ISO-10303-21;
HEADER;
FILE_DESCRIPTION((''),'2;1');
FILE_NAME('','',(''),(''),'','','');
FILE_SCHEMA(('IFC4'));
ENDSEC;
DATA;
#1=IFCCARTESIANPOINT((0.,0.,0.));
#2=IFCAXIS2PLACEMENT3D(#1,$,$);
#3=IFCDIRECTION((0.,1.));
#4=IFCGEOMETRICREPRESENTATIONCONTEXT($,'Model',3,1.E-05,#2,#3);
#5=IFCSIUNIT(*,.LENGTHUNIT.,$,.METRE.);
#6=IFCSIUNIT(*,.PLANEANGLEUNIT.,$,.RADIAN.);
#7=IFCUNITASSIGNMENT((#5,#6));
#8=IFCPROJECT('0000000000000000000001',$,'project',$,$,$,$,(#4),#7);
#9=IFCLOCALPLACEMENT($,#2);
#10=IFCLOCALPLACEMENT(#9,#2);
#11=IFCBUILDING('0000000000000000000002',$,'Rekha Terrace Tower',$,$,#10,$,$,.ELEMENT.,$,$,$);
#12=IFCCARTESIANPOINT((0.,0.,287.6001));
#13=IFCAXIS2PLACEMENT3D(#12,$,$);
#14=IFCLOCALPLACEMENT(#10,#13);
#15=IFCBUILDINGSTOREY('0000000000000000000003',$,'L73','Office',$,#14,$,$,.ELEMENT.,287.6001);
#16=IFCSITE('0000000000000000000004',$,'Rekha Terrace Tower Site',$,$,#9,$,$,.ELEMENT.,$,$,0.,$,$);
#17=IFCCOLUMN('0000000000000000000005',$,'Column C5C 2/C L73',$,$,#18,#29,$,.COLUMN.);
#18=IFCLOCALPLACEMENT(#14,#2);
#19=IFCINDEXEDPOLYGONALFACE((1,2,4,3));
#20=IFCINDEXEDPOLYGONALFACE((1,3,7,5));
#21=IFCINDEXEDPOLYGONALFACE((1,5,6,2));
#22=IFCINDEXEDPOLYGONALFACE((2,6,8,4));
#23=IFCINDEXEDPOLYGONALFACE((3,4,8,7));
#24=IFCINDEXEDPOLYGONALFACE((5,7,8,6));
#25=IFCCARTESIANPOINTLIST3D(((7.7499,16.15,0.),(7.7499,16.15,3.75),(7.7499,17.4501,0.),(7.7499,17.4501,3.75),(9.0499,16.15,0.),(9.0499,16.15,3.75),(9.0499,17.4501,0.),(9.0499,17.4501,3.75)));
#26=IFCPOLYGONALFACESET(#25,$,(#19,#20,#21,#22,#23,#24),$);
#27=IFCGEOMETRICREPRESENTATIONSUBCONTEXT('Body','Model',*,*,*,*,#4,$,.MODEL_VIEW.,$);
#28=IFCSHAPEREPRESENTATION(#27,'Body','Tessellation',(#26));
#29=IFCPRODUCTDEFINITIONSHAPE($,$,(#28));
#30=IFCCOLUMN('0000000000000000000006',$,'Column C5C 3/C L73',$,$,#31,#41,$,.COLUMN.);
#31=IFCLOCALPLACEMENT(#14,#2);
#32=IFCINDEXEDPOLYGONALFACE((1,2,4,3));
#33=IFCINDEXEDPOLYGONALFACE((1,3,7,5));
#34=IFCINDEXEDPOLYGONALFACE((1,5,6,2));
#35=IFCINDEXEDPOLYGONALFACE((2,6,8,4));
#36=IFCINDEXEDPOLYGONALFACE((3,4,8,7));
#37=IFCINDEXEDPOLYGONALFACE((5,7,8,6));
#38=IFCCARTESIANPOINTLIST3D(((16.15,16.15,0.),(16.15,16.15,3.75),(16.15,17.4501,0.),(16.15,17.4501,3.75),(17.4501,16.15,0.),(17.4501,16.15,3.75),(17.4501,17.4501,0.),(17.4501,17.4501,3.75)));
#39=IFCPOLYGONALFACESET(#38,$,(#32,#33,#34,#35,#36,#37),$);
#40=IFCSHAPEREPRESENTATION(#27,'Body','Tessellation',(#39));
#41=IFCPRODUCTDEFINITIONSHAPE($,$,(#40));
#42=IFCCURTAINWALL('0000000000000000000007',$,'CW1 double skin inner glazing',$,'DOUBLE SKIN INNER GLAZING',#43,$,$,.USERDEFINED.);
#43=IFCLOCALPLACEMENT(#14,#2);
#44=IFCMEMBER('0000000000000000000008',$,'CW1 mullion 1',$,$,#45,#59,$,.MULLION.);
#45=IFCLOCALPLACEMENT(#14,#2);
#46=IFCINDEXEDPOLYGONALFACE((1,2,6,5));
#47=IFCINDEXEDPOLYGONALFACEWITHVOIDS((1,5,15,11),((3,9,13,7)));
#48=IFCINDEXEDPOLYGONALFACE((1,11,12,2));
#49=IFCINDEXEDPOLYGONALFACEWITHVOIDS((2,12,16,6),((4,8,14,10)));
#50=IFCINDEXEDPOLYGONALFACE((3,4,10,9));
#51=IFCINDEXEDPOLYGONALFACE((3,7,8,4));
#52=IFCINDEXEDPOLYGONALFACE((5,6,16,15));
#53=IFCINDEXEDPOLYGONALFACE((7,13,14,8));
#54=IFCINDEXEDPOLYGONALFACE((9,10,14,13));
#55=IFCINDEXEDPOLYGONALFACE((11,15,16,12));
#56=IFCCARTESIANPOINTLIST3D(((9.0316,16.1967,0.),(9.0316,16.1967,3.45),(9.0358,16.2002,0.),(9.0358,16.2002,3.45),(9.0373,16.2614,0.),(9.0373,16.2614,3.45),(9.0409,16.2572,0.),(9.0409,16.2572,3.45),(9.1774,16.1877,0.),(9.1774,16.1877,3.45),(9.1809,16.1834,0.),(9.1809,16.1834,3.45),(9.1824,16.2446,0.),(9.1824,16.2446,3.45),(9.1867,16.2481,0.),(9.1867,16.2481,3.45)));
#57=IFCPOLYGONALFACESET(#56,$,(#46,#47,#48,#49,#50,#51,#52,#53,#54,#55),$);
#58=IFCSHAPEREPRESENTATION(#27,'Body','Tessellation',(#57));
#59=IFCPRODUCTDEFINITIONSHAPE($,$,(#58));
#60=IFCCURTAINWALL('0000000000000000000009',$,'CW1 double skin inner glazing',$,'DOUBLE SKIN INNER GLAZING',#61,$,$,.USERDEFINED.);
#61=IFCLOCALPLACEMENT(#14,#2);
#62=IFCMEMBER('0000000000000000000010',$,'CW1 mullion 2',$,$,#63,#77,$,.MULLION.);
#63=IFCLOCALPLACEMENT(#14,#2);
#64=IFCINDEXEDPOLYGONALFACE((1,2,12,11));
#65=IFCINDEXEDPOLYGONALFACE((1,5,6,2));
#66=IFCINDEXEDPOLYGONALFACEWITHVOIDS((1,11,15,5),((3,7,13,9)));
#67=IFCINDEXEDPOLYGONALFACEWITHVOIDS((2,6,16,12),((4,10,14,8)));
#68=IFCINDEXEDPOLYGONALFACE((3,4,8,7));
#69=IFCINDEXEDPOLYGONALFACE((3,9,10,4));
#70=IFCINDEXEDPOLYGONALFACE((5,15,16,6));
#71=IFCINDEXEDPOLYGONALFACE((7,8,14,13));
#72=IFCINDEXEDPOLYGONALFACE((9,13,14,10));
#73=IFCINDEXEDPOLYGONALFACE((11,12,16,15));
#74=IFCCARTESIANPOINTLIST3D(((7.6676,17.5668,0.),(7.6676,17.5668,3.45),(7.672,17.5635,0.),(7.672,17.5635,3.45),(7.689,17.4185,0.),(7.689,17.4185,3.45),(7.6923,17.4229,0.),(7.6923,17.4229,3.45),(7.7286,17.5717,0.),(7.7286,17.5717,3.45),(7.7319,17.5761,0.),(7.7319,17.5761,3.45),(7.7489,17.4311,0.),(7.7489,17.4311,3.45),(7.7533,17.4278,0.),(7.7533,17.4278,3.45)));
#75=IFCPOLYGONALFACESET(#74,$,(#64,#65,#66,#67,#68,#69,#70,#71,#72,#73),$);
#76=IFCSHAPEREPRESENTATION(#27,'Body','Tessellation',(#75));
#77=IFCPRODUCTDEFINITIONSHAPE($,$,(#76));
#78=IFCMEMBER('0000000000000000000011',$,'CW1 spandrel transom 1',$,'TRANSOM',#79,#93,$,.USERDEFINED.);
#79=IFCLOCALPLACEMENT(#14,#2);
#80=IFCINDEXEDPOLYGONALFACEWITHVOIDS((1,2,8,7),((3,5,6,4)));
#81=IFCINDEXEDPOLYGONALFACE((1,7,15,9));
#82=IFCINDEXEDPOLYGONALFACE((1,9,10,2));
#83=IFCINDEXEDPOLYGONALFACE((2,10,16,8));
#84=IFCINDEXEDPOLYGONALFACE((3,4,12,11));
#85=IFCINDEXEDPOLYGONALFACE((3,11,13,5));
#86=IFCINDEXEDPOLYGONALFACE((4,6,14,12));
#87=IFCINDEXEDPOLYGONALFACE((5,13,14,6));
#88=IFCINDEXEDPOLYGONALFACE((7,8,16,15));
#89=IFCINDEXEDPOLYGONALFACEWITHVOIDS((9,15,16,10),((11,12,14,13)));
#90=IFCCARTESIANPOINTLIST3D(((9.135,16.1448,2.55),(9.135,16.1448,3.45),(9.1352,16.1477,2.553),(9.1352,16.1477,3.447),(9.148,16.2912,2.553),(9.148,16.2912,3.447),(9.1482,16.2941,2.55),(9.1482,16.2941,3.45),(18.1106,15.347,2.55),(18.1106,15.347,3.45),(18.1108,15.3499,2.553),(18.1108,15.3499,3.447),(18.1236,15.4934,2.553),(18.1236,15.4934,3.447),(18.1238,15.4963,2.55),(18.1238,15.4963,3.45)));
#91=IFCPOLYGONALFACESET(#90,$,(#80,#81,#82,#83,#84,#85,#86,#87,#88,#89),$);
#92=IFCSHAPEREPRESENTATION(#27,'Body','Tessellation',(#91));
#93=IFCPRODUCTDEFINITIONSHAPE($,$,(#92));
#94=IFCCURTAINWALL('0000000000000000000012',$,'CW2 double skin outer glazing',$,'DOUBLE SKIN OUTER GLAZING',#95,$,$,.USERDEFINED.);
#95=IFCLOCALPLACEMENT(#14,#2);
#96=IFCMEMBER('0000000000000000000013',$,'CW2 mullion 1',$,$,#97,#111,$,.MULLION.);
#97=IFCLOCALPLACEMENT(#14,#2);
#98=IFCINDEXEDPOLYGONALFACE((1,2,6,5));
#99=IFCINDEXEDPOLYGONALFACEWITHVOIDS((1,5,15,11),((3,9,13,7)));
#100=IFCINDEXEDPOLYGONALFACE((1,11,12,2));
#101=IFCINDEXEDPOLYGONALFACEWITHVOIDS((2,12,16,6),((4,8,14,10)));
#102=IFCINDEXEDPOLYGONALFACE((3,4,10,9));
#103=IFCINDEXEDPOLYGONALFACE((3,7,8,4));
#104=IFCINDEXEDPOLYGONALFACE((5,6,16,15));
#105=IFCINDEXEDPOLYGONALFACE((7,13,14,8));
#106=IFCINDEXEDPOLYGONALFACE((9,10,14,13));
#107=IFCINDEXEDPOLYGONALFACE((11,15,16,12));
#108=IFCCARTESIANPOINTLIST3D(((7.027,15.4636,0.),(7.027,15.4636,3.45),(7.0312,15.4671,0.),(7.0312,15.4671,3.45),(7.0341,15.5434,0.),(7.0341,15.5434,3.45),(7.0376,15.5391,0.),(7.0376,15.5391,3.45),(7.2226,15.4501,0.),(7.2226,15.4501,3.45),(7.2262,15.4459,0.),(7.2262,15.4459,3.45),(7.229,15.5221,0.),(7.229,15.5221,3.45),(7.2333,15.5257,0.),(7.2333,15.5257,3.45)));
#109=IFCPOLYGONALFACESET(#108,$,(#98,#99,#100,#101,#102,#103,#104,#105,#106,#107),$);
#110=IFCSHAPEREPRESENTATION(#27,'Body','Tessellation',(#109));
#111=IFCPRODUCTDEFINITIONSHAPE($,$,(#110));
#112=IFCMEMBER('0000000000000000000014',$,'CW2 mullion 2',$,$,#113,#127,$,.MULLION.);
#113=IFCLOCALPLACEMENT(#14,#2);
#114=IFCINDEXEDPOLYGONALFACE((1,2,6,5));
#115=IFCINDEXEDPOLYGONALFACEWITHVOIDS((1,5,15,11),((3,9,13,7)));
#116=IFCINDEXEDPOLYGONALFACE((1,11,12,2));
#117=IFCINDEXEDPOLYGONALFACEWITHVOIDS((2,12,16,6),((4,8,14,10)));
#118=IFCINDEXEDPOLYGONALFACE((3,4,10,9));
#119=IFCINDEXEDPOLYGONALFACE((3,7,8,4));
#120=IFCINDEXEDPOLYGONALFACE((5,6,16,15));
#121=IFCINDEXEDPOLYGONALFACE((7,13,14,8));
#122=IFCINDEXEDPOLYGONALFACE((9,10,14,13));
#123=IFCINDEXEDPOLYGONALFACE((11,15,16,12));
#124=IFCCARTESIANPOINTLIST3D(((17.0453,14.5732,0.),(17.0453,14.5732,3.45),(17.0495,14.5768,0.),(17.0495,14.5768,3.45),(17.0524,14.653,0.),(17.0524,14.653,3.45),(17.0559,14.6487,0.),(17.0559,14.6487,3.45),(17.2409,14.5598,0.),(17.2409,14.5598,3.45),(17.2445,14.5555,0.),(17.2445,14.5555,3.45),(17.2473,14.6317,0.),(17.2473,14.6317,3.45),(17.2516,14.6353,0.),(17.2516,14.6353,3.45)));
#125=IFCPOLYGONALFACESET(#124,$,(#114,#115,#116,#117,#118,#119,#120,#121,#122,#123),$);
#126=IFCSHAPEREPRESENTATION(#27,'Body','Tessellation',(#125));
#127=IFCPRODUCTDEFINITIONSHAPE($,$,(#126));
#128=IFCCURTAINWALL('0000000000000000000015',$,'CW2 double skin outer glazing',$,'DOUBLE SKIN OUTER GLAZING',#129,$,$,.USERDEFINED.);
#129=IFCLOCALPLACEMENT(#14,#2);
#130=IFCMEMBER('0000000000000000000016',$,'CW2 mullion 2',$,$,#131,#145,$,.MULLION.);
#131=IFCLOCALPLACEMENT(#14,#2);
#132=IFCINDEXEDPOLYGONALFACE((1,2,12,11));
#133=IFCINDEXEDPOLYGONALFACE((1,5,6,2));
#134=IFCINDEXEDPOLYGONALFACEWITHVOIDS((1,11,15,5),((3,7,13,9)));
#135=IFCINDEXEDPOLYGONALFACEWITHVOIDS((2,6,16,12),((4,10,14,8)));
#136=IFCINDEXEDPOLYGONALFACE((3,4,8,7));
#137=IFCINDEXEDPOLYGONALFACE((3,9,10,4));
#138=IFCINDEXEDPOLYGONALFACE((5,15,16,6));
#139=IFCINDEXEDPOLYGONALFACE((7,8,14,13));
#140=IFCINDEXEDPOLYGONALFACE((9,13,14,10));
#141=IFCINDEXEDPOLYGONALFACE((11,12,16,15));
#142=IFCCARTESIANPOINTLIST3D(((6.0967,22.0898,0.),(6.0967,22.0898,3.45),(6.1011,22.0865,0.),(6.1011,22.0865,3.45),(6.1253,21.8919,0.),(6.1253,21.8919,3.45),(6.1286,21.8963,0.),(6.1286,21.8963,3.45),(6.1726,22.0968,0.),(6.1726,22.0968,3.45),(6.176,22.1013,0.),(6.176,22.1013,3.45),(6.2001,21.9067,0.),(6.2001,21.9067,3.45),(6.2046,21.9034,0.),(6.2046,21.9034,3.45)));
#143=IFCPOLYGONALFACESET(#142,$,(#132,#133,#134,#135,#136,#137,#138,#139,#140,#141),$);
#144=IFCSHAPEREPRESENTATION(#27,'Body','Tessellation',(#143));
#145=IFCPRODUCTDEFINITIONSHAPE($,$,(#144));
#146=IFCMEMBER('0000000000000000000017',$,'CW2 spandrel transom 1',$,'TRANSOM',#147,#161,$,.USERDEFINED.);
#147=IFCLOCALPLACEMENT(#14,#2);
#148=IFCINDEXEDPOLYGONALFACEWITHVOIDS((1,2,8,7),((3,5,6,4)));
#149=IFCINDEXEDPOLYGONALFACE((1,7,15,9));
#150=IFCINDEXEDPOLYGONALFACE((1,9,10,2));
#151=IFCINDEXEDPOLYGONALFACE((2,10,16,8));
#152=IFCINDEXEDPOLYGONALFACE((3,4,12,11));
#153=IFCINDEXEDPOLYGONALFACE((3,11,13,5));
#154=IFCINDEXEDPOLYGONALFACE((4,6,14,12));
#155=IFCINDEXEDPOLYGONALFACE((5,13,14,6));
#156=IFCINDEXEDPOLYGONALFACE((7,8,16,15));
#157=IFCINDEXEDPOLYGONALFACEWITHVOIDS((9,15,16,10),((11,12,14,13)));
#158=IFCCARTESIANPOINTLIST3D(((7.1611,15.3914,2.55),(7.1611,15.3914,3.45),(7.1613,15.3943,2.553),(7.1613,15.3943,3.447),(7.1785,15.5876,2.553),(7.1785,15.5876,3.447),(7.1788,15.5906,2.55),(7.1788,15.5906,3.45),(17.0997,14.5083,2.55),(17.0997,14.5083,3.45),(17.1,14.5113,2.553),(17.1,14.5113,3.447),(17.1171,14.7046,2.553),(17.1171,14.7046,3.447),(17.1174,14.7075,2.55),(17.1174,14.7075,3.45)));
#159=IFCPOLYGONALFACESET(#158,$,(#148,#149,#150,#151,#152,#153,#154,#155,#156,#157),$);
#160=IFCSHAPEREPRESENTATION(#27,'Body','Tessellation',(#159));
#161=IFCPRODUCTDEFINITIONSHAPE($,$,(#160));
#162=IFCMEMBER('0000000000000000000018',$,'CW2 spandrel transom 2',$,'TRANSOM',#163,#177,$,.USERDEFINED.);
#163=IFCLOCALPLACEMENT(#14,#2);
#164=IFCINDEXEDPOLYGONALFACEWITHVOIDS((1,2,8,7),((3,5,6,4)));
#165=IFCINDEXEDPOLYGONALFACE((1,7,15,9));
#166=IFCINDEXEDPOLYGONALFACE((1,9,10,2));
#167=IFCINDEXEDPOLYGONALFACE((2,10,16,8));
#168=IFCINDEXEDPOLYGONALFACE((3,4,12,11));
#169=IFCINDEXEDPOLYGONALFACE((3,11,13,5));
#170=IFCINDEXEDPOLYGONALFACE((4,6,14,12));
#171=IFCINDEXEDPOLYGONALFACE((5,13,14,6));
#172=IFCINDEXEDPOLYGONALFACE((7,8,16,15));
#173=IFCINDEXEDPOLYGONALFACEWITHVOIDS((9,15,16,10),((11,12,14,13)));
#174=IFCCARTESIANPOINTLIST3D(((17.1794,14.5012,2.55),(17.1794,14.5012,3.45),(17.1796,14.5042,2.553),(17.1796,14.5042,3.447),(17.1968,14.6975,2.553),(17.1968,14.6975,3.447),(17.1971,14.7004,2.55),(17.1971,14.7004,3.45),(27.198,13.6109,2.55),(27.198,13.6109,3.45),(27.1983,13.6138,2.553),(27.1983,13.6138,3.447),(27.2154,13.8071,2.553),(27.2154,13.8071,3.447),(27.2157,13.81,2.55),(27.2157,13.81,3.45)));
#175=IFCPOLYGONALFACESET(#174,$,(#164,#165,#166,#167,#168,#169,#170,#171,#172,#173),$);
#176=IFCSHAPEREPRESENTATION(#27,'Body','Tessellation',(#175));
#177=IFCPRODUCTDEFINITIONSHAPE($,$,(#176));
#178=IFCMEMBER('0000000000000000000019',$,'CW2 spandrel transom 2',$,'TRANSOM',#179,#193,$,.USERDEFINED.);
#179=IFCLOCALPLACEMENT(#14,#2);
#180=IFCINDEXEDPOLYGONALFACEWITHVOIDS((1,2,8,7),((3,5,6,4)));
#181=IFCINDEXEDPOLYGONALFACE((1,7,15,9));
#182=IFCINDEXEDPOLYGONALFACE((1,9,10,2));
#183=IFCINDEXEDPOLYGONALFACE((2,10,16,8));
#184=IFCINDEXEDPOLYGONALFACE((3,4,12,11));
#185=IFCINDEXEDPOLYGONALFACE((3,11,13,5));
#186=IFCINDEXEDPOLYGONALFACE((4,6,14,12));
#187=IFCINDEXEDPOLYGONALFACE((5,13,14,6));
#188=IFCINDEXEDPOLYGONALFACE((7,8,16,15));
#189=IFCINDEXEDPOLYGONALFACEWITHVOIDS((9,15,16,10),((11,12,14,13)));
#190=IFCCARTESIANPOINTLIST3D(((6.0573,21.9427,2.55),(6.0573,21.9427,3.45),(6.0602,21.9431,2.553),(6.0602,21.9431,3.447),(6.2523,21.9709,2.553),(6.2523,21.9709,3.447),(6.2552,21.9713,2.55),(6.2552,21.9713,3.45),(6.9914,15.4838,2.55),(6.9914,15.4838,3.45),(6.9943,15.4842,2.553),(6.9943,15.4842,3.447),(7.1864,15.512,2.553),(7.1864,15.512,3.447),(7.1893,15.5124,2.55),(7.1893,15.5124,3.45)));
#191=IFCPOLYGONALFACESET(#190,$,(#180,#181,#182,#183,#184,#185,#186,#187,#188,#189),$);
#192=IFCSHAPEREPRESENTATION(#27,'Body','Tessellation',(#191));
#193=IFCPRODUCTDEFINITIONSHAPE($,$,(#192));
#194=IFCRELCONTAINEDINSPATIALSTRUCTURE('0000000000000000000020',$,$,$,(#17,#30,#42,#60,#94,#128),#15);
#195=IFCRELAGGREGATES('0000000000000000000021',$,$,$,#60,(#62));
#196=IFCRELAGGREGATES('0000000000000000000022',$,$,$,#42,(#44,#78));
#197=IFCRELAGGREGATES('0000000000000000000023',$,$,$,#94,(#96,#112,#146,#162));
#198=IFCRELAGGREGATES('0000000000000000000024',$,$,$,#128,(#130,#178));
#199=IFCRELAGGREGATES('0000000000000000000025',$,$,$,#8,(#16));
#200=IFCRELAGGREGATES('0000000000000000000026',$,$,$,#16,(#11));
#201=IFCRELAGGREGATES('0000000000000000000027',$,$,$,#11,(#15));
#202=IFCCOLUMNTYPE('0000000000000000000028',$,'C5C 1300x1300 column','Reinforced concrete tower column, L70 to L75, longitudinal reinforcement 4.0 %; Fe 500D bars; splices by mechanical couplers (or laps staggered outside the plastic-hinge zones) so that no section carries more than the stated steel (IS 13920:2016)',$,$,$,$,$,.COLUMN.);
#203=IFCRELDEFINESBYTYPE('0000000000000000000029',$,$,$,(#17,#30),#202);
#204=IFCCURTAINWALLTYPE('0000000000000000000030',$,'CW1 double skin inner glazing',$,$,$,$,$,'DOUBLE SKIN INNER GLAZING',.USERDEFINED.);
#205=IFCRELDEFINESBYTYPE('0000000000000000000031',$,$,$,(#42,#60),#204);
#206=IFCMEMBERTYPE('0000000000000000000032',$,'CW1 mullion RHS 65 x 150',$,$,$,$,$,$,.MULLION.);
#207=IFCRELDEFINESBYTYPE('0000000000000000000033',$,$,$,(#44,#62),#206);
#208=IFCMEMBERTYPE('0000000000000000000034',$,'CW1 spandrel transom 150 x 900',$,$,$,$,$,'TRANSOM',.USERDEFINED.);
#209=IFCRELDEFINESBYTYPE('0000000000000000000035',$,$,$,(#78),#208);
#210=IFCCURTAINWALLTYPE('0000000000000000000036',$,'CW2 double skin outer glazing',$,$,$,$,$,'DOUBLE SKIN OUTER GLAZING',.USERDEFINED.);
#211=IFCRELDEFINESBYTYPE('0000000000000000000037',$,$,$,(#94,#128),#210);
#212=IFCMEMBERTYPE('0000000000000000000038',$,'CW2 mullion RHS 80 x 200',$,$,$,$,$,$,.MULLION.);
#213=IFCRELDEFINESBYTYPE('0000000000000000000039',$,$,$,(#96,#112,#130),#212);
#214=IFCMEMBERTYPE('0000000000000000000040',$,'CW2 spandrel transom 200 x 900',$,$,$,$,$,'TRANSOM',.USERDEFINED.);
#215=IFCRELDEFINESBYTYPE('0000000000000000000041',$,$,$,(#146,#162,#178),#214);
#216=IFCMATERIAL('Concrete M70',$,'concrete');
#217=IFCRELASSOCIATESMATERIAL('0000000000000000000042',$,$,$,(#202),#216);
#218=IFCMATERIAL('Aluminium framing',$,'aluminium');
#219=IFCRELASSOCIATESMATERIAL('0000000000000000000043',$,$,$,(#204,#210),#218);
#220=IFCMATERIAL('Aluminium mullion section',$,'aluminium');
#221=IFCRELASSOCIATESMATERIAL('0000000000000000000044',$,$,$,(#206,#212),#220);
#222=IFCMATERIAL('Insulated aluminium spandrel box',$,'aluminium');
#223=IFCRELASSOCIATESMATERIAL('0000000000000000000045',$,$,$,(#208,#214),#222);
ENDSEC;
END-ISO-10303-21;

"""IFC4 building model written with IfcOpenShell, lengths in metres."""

from ifc_helpers import new_model, si_unit, direction, frame, origin, origin_2d, place, context, subcontext, project, spatial, rectangle, hollow_rectangle, extrude, material, material_profile, profile_set, type_object, element, aggregate, save


model = new_model("IFC4")

# Units and contexts
model_context = context("Model", 3, precision=1e-05, world=origin(), true_north=direction((0.0, 1.0)))
body_context = subcontext(model_context, "Body", "Model", "MODEL_VIEW")
ifc_project = project(units=[si_unit("LENGTHUNIT", "METRE"), si_unit("PLANEANGLEUNIT", "RADIAN")], contexts=[model_context])

# Site, building, storey
site_placement = place(None, origin())
site = spatial("IfcSite", under=ifc_project, at=site_placement, Name="Rekha Terrace Tower Site", CompositionType="ELEMENT", RefElevation=0.0)
building_placement = place(site_placement, origin())
building = spatial("IfcBuilding", under=site, at=building_placement, Name="Rekha Terrace Tower", CompositionType="ELEMENT")
storey_placement = place(building_placement, frame((0.0, 0.0, 287.6001)))
storey = spatial("IfcBuildingStorey", under=building, at=storey_placement, Name="L73", Description="Office", CompositionType="ELEMENT", Elevation=287.6001)

# Columns
ifc_material_1 = material(Name="Concrete M70", Category="concrete")
ifc_material_profile_1 = material_profile(ifc_material_1, rectangle(XDim=1.3, YDim=1.3, at=origin_2d()), Name="RC 1300x1300")
ifc_profile_set_1 = profile_set([ifc_material_profile_1], Name="Concrete M70")
column_type = type_object("IfcColumnType", Name="C5C 1300x1300 column", Description="Reinforced concrete tower column, L70 to L75, longitudinal reinforcement 4.0 %; Fe 500D bars; splices by mechanical couplers (or laps staggered outside the plastic-hinge zones) so that no section carries more than the stated steel (IS 13920:2016)", PredefinedType="COLUMN", material=ifc_profile_set_1)
for number, where, z_axis, x_axis, name in (
    (1, (8.3999, 16.8, 0.0), (0.0, 0.0, 1.0), (1.0, 0.0, 0.0), "Column C5C 2/C L73"),
    (2, (16.8, 16.8, 0.0), (0.0, 0.0, 1.0), (1.0, 0.0, 0.0), "Column C5C 3/C L73"),
):
    element("IfcColumn", number, at=place(storey_placement, frame(where, z_axis=z_axis, x_axis=x_axis)), inside=storey, type_object=column_type, Name=name, PredefinedType="COLUMN", context=body_context, shape_type="SweptSolid", body=[
        extrude(rectangle(XDim=1.3, YDim=1.3, at=origin_2d()), origin(), (0.0, 0.0, 1.0), 3.75),
    ])

# Curtain walls, members
ifc_material_2 = material(Name="Aluminium framing", Category="aluminium")
curtain_wall_type_1 = type_object("IfcCurtainWallType", Name="CW1 double skin inner glazing", ElementType="DOUBLE SKIN INNER GLAZING", PredefinedType="USERDEFINED", material=ifc_material_2)
curtain_wall_1_placement = place(storey_placement, origin())
curtain_wall_1 = element("IfcCurtainWall", 3, at=curtain_wall_1_placement, inside=storey, type_object=curtain_wall_type_1, Name="CW1 double skin inner glazing", ObjectType="DOUBLE SKIN INNER GLAZING", PredefinedType="USERDEFINED")
ifc_material_3 = material(Name="Aluminium mullion section", Category="aluminium")
ifc_material_profile_2 = material_profile(ifc_material_3, hollow_rectangle(XDim=0.0649, YDim=0.1499, WallThickness=0.0039, at=origin_2d()), Name="AL RHS 65x150")
ifc_profile_set_2 = profile_set([ifc_material_profile_2], Name="Aluminium mullion section")
member_type_1 = type_object("IfcMemberType", Name="CW1 mullion RHS 65 x 150", PredefinedType="MULLION", material=ifc_profile_set_2)
member_1_placement = place(storey_placement, frame((9.1091, 16.2224, 0.0), z_axis=(0.0, 0.0, 1.0), x_axis=(0.088522, 0.996074, 0.0)))
member_1 = element("IfcMember", 4, at=member_1_placement, type_object=member_type_1, Name="CW1 mullion 1", PredefinedType="MULLION", context=body_context, shape_type="SweptSolid", body=[
    extrude(hollow_rectangle(XDim=0.0649, YDim=0.1499, WallThickness=0.0039, at=origin_2d()), origin(), (0.0, 0.0, 1.0), 3.45),
])
curtain_wall_2_placement = place(storey_placement, origin())
curtain_wall_2 = element("IfcCurtainWall", 5, at=curtain_wall_2_placement, inside=storey, type_object=curtain_wall_type_1, Name="CW1 double skin inner glazing", ObjectType="DOUBLE SKIN INNER GLAZING", PredefinedType="USERDEFINED")
member_2_placement = place(storey_placement, frame((7.7104, 17.4973, 0.0), z_axis=(0.0, 0.0, 1.0), x_axis=(0.989707, 0.143108, 0.0)))
member_2 = element("IfcMember", 6, at=member_2_placement, type_object=member_type_1, Name="CW1 mullion 2", PredefinedType="MULLION", context=body_context, shape_type="SweptSolid", body=[
    extrude(hollow_rectangle(XDim=0.0649, YDim=0.1499, WallThickness=0.0039, at=origin_2d()), origin(), (0.0, 0.0, 1.0), 3.45),
])
aggregate(curtain_wall_2, [member_2])

# Member
ifc_material_4 = material(Name="Insulated aluminium spandrel box", Category="aluminium")
ifc_material_profile_3 = material_profile(ifc_material_4, hollow_rectangle(XDim=0.1499, YDim=0.8999, WallThickness=0.0029, at=origin_2d()), Name="AL SPANDREL BOX 150x900")
ifc_profile_set_3 = profile_set([ifc_material_profile_3], Name="Insulated aluminium spandrel box")
member_type_2 = type_object("IfcMemberType", Name="CW1 spandrel transom 150 x 900", ElementType="TRANSOM", PredefinedType="USERDEFINED", material=ifc_profile_set_3)
member_3_placement = place(storey_placement, frame((9.1416, 16.2195, 3.0), z_axis=(0.996072, -0.088542, 0.0), x_axis=(0.088542, 0.996072, 0.0)))
member_3 = element("IfcMember", 7, at=member_3_placement, type_object=member_type_2, Name="CW1 spandrel transom 1", ObjectType="TRANSOM", PredefinedType="USERDEFINED", context=body_context, shape_type="SweptSolid", body=[
    extrude(hollow_rectangle(XDim=0.1499, YDim=0.8999, WallThickness=0.0029, at=origin_2d()), origin(), (0.0, 0.0, 1.0), 9.011),
])

# Curtain wall, members
curtain_wall_type_2 = type_object("IfcCurtainWallType", Name="CW2 double skin outer glazing", ElementType="DOUBLE SKIN OUTER GLAZING", PredefinedType="USERDEFINED", material=ifc_material_2)
curtain_wall_3_placement = place(storey_placement, origin())
curtain_wall_3 = element("IfcCurtainWall", 8, at=curtain_wall_3_placement, inside=storey, type_object=curtain_wall_type_2, Name="CW2 double skin outer glazing", ObjectType="DOUBLE SKIN OUTER GLAZING", PredefinedType="USERDEFINED")
ifc_material_profile_4 = material_profile(ifc_material_3, hollow_rectangle(XDim=0.0801, YDim=0.2, WallThickness=0.0039, at=origin_2d()), Name="AL RHS 80x200")
ifc_profile_set_4 = profile_set([ifc_material_profile_4], Name="Aluminium mullion section")
member_type_3 = type_object("IfcMemberType", Name="CW2 mullion RHS 80 x 200", PredefinedType="MULLION", material=ifc_profile_set_4)
member_4_placement = place(storey_placement, frame((7.1301, 15.4946, 0.0), z_axis=(0.0, 0.0, 1.0), x_axis=(0.088522, 0.996074, 0.0)))
member_4 = element("IfcMember", 9, at=member_4_placement, type_object=member_type_3, Name="CW2 mullion 1", PredefinedType="MULLION", context=body_context, shape_type="SweptSolid", body=[
    extrude(hollow_rectangle(XDim=0.0801, YDim=0.2, WallThickness=0.0039, at=origin_2d()), origin(), (0.0, 0.0, 1.0), 3.45),
])
member_5_placement = place(storey_placement, frame((17.1484, 14.6042, 0.0), z_axis=(0.0, 0.0, 1.0), x_axis=(0.088522, 0.996074, 0.0)))
member_5 = element("IfcMember", 10, at=member_5_placement, type_object=member_type_3, Name="CW2 mullion 2", PredefinedType="MULLION", context=body_context, shape_type="SweptSolid", body=[
    extrude(hollow_rectangle(XDim=0.0801, YDim=0.2, WallThickness=0.0039, at=origin_2d()), origin(), (0.0, 0.0, 1.0), 3.45),
])

# Curtain wall, member
curtain_wall_4_placement = place(storey_placement, origin())
curtain_wall_4 = element("IfcCurtainWall", 11, at=curtain_wall_4_placement, inside=storey, type_object=curtain_wall_type_2, Name="CW2 double skin outer glazing", ObjectType="DOUBLE SKIN OUTER GLAZING", PredefinedType="USERDEFINED")
member_6_placement = place(storey_placement, frame((6.1506, 21.9966, 0.0), z_axis=(0.0, 0.0, 1.0), x_axis=(0.989707, 0.143108, 0.0)))
member_6 = element("IfcMember", 12, at=member_6_placement, type_object=member_type_3, Name="CW2 mullion 2", PredefinedType="MULLION", context=body_context, shape_type="SweptSolid", body=[
    extrude(hollow_rectangle(XDim=0.0801, YDim=0.2, WallThickness=0.0039, at=origin_2d()), origin(), (0.0, 0.0, 1.0), 3.45),
])

# Members
ifc_material_profile_5 = material_profile(ifc_material_4, hollow_rectangle(XDim=0.2, YDim=0.8999, WallThickness=0.0029, at=origin_2d()), Name="AL SPANDREL BOX 200x900")
ifc_profile_set_5 = profile_set([ifc_material_profile_5], Name="Insulated aluminium spandrel box")
member_type_4 = type_object("IfcMemberType", Name="CW2 spandrel transom 200 x 900", ElementType="TRANSOM", PredefinedType="USERDEFINED", material=ifc_profile_set_5)
member_7_placement = place(storey_placement, frame((7.1699, 15.491, 3.0), z_axis=(0.996076, -0.088501, 0.0), x_axis=(0.088501, 0.996076, 0.0)))
member_7 = element("IfcMember", 13, at=member_7_placement, type_object=member_type_4, Name="CW2 spandrel transom 1", ObjectType="TRANSOM", PredefinedType="USERDEFINED", context=body_context, shape_type="SweptSolid", body=[
    extrude(hollow_rectangle(XDim=0.2, YDim=0.8999, WallThickness=0.0029, at=origin_2d()), origin(), (0.0, 0.0, 1.0), 9.9778),
])
member_8_placement = place(storey_placement, frame((17.1882, 14.6008, 3.0), z_axis=(0.996074, -0.088524, 0.0), x_axis=(0.088524, 0.996074, 0.0)))
member_8 = element("IfcMember", 14, at=member_8_placement, type_object=member_type_4, Name="CW2 spandrel transom 2", ObjectType="TRANSOM", PredefinedType="USERDEFINED", context=body_context, shape_type="SweptSolid", body=[
    extrude(hollow_rectangle(XDim=0.2, YDim=0.8999, WallThickness=0.0029, at=origin_2d()), origin(), (0.0, 0.0, 1.0), 10.0581),
])
member_9_placement = place(storey_placement, frame((6.1562, 21.957, 3.0), z_axis=(0.143129, -0.989704, 0.0), x_axis=(0.989704, 0.143129, 0.0)))
member_9 = element("IfcMember", 15, at=member_9_placement, type_object=member_type_4, Name="CW2 spandrel transom 2", ObjectType="TRANSOM", PredefinedType="USERDEFINED", context=body_context, shape_type="SweptSolid", body=[
    extrude(hollow_rectangle(XDim=0.2, YDim=0.8999, WallThickness=0.0029, at=origin_2d()), origin(), (0.0, 0.0, 1.0), 6.5261),
])

aggregate(curtain_wall_1, [member_1, member_3])
aggregate(curtain_wall_3, [member_4, member_5, member_7, member_8])
aggregate(curtain_wall_4, [member_6, member_9])

save(model, "model.ifc")
